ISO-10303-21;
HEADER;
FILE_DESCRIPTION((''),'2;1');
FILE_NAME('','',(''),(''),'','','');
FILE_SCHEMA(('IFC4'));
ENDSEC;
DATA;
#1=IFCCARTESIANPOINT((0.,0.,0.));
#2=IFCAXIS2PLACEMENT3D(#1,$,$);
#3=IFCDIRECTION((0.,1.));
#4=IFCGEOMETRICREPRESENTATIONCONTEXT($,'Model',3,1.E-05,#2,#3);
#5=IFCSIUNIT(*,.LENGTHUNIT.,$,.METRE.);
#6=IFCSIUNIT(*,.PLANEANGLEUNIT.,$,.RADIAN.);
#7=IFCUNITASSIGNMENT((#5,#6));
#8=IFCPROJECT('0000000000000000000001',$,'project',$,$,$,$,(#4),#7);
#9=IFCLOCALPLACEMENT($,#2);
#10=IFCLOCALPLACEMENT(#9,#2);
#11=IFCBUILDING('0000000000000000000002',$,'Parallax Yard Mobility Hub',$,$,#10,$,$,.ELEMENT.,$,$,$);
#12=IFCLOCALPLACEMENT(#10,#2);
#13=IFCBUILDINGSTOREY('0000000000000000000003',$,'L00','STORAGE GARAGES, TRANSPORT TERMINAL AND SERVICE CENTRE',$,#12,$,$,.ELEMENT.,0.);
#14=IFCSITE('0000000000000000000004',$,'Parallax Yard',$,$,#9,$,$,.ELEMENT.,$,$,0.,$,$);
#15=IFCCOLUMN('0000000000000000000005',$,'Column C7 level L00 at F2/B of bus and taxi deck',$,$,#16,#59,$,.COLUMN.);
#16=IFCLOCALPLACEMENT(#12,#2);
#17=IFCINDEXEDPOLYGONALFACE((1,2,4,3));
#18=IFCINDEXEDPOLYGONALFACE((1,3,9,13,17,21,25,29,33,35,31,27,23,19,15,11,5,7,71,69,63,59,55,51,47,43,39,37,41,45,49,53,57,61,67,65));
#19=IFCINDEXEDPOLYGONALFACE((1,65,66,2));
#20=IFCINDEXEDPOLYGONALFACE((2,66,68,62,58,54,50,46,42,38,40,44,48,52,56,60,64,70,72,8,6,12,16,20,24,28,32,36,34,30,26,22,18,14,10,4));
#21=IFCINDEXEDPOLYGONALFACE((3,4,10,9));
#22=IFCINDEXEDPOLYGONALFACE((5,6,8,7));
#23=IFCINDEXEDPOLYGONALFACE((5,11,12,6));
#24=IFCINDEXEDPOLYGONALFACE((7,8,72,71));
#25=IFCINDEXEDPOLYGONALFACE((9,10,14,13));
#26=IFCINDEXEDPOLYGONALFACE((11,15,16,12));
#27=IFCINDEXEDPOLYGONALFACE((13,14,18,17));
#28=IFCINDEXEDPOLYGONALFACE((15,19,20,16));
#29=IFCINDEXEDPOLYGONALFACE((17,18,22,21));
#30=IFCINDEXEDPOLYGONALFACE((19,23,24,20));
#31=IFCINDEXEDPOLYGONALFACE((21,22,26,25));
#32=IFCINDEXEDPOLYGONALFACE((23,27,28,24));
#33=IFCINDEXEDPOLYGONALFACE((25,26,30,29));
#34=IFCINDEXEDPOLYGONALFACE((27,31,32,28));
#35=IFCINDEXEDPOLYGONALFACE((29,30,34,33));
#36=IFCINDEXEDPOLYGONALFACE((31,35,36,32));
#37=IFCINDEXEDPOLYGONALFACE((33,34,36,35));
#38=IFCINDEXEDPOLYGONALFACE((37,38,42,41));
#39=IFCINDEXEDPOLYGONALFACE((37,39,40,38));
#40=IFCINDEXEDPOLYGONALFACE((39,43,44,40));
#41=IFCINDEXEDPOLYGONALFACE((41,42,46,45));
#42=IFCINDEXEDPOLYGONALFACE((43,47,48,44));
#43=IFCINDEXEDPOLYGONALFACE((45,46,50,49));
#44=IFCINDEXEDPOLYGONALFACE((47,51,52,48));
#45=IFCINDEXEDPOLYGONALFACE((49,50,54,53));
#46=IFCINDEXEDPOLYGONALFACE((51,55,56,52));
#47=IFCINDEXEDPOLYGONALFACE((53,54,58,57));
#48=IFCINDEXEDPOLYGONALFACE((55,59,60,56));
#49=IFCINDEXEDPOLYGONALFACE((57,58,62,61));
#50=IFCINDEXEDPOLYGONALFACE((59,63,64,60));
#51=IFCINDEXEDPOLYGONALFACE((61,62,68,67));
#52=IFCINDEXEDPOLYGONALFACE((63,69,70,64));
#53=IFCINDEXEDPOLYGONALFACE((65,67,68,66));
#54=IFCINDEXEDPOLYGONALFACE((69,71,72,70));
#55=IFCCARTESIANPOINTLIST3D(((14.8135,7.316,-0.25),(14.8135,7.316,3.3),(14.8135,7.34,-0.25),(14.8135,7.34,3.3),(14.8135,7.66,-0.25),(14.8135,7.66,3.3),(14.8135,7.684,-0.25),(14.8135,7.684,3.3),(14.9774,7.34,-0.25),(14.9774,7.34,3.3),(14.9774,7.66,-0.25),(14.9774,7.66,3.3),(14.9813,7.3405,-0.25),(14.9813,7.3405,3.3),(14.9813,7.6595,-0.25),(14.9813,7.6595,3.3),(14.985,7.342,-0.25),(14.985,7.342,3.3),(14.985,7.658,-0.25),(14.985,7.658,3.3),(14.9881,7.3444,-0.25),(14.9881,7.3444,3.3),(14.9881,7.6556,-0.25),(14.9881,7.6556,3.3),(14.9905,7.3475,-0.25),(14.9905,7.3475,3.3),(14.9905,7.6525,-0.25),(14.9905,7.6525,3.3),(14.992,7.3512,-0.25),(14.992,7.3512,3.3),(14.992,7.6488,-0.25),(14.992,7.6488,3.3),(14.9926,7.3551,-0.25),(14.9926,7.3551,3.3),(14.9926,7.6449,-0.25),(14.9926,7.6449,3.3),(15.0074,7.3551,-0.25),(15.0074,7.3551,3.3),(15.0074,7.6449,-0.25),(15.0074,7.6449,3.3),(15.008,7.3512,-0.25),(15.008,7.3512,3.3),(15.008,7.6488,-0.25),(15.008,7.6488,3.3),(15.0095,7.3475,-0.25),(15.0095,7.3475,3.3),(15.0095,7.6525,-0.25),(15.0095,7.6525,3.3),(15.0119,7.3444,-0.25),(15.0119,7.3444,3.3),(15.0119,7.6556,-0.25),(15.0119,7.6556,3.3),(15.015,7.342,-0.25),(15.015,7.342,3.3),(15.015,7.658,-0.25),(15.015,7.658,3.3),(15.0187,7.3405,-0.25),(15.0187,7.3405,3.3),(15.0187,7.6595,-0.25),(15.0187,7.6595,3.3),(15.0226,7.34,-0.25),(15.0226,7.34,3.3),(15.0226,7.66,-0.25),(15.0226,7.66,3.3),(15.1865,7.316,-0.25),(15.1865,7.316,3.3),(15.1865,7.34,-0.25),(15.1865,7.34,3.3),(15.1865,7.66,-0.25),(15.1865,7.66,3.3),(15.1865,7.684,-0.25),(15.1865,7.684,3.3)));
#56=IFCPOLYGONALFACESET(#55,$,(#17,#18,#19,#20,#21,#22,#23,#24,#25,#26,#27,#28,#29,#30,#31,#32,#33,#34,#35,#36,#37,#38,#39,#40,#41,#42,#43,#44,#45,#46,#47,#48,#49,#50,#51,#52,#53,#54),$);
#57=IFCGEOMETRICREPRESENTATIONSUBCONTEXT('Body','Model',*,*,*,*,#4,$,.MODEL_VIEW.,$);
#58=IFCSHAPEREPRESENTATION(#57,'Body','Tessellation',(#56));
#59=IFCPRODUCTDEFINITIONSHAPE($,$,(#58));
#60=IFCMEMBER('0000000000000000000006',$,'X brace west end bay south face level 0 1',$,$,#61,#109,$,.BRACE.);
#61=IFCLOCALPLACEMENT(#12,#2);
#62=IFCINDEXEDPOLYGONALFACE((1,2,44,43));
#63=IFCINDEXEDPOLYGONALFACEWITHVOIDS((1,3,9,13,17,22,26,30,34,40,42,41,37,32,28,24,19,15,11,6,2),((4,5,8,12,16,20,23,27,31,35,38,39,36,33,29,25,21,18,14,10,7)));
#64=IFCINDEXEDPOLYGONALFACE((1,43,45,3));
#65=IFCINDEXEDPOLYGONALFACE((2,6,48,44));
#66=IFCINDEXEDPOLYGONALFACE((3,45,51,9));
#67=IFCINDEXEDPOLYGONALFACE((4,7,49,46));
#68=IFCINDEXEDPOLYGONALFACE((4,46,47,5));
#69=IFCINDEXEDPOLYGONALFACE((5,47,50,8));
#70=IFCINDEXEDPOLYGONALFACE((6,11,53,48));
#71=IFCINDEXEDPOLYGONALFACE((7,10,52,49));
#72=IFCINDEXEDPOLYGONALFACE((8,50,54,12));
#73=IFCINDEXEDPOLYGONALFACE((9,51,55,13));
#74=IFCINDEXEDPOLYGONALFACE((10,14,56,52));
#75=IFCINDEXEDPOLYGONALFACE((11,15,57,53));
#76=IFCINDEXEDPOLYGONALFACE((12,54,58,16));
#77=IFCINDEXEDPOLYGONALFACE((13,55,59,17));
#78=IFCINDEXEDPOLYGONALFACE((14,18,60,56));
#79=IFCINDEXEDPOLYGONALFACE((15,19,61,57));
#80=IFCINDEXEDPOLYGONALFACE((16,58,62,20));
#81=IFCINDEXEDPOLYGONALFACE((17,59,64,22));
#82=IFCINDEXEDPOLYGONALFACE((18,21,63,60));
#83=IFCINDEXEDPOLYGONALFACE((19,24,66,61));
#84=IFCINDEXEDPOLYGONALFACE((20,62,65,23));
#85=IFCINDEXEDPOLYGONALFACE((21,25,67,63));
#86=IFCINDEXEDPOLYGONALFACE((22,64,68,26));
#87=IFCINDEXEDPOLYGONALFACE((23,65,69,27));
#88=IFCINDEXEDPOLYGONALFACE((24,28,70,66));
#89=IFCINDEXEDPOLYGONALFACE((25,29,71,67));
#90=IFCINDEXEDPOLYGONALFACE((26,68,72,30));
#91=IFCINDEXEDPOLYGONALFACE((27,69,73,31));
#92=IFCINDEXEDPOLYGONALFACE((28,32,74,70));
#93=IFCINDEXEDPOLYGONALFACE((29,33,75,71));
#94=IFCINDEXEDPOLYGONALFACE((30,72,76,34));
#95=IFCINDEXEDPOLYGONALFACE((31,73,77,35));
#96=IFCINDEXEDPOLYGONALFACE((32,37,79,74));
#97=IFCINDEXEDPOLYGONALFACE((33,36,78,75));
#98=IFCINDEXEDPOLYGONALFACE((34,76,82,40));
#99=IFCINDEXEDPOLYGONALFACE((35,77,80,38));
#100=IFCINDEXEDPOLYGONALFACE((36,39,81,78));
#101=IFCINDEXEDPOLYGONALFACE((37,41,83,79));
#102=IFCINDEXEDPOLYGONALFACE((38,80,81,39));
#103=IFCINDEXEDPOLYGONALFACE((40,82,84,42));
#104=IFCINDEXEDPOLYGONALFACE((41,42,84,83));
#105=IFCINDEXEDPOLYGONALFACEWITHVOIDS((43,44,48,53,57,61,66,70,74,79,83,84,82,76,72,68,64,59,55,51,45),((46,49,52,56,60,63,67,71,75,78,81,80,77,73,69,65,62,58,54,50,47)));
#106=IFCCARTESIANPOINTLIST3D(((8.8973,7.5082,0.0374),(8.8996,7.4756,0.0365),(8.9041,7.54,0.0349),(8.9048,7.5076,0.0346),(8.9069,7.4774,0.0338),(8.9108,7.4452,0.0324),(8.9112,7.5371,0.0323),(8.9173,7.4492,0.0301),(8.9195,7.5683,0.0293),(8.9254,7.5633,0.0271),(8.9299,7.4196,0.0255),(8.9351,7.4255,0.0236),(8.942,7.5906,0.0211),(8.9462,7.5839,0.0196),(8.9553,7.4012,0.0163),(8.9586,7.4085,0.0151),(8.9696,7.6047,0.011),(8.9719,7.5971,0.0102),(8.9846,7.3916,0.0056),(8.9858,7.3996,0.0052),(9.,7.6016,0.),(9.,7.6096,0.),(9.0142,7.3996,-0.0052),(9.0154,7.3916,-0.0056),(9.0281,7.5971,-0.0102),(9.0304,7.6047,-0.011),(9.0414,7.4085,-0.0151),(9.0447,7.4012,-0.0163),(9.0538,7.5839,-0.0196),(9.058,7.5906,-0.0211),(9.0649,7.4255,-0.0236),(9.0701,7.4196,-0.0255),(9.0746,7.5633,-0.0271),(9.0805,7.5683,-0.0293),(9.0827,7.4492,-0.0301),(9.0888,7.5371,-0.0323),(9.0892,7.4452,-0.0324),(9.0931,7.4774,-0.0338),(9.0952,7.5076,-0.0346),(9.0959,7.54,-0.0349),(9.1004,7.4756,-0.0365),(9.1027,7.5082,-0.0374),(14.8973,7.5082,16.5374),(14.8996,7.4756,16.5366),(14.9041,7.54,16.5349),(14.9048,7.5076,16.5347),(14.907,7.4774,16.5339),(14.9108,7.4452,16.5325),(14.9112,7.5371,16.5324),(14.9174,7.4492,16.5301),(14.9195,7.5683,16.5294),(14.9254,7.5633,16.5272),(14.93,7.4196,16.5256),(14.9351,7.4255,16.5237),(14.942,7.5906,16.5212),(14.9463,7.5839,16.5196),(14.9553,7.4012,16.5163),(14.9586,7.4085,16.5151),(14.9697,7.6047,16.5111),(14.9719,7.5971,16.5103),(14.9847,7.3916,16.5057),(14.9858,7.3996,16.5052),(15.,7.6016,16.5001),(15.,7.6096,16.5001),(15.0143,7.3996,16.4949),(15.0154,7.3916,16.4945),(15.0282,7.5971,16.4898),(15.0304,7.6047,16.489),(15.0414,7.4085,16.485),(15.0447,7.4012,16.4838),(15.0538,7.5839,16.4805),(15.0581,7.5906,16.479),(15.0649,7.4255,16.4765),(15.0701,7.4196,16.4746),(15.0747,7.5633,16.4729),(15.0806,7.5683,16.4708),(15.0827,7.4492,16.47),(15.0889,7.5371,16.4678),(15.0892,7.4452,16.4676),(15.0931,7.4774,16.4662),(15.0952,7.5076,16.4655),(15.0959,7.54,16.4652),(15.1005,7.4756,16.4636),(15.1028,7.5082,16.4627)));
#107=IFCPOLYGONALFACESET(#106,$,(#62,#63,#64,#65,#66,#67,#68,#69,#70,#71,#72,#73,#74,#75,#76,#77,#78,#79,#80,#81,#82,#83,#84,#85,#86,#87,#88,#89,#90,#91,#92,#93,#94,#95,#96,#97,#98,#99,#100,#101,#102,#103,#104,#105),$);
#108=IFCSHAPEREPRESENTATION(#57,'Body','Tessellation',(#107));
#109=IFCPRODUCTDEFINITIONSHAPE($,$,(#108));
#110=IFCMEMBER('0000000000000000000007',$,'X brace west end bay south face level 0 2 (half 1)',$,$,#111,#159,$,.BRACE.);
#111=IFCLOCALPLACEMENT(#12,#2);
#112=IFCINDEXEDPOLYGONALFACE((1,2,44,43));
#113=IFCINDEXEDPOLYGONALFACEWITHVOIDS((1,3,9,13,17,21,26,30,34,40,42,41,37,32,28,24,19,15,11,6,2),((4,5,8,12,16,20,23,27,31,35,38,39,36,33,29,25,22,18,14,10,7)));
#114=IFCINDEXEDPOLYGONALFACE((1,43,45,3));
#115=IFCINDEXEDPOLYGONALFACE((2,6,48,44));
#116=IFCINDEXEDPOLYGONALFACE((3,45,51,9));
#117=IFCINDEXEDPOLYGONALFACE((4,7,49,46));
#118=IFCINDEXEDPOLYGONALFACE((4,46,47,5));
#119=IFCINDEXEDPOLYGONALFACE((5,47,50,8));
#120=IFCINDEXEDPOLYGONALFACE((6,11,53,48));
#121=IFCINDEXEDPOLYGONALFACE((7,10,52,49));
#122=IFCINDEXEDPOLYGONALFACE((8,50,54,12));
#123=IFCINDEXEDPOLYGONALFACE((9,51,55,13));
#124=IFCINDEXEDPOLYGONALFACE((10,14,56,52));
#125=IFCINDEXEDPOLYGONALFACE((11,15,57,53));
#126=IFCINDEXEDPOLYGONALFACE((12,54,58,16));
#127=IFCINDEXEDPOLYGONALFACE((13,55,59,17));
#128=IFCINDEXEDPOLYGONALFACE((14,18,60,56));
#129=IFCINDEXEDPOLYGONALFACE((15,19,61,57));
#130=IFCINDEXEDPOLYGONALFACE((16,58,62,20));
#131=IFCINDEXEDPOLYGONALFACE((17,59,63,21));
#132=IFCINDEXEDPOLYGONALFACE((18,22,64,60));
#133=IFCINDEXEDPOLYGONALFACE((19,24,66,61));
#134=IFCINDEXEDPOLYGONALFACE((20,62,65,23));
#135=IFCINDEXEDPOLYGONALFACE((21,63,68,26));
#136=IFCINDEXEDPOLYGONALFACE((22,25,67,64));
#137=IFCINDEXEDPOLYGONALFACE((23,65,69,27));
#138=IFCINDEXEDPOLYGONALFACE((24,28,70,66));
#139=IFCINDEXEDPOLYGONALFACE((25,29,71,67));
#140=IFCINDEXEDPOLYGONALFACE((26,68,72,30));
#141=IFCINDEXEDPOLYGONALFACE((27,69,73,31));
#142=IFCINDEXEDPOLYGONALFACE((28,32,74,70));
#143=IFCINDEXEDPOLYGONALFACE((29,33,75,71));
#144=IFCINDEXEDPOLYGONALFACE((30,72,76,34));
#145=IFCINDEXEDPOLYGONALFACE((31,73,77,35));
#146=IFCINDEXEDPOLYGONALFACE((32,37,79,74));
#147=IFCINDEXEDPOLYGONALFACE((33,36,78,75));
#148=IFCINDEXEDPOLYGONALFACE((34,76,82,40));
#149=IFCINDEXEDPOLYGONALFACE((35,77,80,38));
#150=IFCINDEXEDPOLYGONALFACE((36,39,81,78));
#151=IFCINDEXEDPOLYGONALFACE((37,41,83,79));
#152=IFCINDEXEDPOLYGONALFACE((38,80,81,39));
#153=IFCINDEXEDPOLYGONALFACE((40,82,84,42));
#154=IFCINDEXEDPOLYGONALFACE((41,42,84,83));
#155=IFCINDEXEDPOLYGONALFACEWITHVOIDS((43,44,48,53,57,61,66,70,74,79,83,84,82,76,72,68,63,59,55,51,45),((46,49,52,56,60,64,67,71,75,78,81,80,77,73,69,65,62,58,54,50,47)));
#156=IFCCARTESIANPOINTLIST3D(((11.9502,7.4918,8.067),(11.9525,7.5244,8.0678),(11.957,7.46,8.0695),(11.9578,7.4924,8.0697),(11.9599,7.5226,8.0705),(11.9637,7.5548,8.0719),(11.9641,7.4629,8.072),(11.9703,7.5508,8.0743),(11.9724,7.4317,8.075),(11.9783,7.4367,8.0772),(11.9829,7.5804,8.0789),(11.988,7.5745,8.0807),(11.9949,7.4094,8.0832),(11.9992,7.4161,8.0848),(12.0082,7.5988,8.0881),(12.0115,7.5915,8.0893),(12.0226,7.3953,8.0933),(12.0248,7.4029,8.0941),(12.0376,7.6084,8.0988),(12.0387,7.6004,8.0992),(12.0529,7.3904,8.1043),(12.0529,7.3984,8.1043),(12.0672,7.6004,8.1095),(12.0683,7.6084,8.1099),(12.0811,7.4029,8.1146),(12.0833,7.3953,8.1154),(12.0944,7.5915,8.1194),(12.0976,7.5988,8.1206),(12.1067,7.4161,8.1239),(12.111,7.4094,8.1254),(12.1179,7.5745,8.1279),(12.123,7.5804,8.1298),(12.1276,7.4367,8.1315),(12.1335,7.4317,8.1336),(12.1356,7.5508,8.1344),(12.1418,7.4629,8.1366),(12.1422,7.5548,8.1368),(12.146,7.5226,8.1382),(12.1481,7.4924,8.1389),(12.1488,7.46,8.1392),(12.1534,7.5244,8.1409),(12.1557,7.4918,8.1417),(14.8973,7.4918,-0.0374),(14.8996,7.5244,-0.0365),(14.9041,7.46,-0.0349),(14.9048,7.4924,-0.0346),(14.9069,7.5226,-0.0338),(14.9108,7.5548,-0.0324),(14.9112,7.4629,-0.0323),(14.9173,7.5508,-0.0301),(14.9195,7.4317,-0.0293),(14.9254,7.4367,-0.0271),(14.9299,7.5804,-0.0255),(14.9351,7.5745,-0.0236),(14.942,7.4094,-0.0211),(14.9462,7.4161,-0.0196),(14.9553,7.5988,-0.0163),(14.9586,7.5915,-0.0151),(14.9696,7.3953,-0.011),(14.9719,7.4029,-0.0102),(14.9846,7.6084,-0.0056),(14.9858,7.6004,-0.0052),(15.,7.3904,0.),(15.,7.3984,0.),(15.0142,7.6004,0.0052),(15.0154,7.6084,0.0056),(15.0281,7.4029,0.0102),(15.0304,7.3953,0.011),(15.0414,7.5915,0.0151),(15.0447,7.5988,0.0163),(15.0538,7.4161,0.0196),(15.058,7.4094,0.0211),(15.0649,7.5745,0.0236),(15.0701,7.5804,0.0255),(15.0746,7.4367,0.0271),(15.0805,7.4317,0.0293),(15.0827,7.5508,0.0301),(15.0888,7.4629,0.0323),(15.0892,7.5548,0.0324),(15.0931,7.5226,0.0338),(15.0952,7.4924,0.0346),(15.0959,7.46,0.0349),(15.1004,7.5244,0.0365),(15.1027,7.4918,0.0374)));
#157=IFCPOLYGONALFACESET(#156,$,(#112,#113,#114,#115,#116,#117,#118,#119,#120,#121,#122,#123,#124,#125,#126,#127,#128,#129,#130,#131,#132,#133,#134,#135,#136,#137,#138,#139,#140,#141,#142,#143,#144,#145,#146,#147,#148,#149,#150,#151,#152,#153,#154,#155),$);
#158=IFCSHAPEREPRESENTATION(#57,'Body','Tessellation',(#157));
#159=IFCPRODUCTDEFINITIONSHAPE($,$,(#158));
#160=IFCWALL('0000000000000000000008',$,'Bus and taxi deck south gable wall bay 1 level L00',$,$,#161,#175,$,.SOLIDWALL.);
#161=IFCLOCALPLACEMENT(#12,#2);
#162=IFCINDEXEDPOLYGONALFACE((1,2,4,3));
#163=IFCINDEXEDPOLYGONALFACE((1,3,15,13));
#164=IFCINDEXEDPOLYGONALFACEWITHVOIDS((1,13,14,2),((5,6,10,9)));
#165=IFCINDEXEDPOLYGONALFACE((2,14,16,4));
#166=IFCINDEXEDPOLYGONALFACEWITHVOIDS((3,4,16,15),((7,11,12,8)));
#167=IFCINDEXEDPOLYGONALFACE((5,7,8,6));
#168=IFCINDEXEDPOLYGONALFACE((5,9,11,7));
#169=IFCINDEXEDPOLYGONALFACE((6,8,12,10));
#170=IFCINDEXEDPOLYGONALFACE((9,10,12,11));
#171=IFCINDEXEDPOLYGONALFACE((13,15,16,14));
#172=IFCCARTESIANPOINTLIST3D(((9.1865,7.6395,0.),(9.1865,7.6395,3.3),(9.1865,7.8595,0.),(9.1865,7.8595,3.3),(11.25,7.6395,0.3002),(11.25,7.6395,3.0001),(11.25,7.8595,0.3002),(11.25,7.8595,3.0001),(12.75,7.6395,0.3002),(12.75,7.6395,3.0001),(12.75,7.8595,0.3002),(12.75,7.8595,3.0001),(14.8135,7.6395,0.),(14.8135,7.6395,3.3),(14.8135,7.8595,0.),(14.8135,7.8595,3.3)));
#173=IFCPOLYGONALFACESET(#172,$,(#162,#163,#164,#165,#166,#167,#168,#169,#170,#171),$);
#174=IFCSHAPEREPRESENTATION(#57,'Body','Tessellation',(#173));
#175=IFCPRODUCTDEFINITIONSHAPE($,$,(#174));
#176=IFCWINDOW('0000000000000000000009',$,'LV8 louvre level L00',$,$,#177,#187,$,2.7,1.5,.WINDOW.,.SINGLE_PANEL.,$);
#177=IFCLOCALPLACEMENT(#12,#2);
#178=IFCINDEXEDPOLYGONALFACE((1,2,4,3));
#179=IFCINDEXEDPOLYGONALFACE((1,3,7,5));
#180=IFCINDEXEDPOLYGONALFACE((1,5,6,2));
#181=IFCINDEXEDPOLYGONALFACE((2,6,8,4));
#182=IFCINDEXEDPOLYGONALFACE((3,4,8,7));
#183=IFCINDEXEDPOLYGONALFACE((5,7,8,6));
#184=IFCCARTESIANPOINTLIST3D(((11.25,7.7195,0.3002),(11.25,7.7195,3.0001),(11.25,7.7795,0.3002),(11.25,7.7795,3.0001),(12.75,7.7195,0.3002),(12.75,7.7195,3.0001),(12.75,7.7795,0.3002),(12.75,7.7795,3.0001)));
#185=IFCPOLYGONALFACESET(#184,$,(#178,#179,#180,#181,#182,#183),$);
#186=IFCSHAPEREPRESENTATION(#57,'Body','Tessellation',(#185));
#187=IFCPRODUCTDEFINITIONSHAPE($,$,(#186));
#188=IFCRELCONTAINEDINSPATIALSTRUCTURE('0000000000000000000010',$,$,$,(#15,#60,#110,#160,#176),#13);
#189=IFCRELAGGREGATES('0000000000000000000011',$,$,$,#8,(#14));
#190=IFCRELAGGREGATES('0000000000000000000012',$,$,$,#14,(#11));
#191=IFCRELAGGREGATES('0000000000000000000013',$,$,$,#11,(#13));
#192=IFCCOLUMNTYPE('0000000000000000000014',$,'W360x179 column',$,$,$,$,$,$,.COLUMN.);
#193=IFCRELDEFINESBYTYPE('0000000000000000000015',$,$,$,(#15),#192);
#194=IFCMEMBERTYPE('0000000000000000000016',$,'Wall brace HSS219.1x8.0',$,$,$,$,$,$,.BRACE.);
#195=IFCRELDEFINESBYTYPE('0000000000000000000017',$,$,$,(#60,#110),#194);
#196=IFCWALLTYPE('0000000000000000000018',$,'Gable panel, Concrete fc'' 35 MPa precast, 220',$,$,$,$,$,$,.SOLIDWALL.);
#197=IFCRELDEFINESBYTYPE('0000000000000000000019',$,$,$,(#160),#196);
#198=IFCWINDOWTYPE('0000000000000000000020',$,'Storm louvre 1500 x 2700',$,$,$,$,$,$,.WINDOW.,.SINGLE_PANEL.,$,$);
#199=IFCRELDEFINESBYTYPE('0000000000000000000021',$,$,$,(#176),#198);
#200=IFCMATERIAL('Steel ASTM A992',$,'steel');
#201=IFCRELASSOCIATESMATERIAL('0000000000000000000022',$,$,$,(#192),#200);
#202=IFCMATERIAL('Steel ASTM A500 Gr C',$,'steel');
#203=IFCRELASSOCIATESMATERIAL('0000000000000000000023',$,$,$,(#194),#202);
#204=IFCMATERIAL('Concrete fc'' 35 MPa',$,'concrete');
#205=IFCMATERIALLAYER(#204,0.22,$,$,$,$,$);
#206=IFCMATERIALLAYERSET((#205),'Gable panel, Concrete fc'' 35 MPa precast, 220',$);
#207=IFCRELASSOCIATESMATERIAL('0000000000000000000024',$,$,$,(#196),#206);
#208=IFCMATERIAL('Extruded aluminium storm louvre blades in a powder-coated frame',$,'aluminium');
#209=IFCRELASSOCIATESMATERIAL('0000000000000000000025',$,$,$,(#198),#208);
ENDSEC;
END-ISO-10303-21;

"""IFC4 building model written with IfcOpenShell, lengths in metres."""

from ifc_helpers import new_model, si_unit, direction, frame, frame_2d, origin, origin_2d, place, context, subcontext, project, spatial, rectangle, hollow_circle, i_section, extrude, material, layer, layer_set, material_profile, profile_set, type_object, element, fill, save


model = new_model("IFC4")

# Units and contexts
model_context = context("Model", 3, precision=1e-05, world=origin(), true_north=direction((0.0, 1.0)))
body_context = subcontext(model_context, "Body", "Model", "MODEL_VIEW")
ifc_project = project(units=[si_unit("LENGTHUNIT", "METRE"), si_unit("PLANEANGLEUNIT", "RADIAN")], contexts=[model_context])

# Site, building, storey
site_placement = place(None, origin())
site = spatial("IfcSite", under=ifc_project, at=site_placement, Name="Parallax Yard", CompositionType="ELEMENT", RefElevation=0.0)
building_placement = place(site_placement, origin())
building = spatial("IfcBuilding", under=site, at=building_placement, Name="Parallax Yard Mobility Hub", CompositionType="ELEMENT")
storey_placement = place(building_placement, origin())
storey = spatial("IfcBuildingStorey", under=building, at=storey_placement, Name="L00", Description="STORAGE GARAGES, TRANSPORT TERMINAL AND SERVICE CENTRE", CompositionType="ELEMENT", Elevation=0.0)

# Column
ifc_material_1 = material(Name="Steel ASTM A500 Gr C", Category="steel")
ifc_material_2 = material(Name="Steel ASTM A992", Category="steel")
ifc_material_profile_1 = material_profile(ifc_material_2, i_section(OverallWidth=0.373, OverallDepth=0.3679, WebThickness=0.0149, FlangeThickness=0.0239, FilletRadius=0.0151, at=origin_2d()), Name="W360x179")
ifc_profile_set_1 = profile_set([ifc_material_profile_1], Name="Steel ASTM A992")
column_type_1 = type_object("IfcColumnType", Name="W360x179 column", PredefinedType="COLUMN", material=ifc_profile_set_1)
for number, where, z_axis, x_axis, name in (
    (1, (15.0, 7.5, -0.25), (0.0, 0.0, 1.0), (1.0, 0.0, 0.0), "Column C7 level L00 at F2/B of bus and taxi deck"),
):
    element("IfcColumn", number, at=place(storey_placement, frame(where, z_axis=z_axis, x_axis=x_axis)), inside=storey, type_object=column_type_1, Name=name, PredefinedType="COLUMN", context=body_context, shape_type="SweptSolid", body=[
        extrude(i_section(OverallWidth=0.373, OverallDepth=0.3679, WebThickness=0.0149, FlangeThickness=0.0239, FilletRadius=0.0151, at=origin_2d()), origin(), (0.0, 0.0, 1.0), 3.55),
    ])

# Members
ifc_material_profile_2 = material_profile(ifc_material_1, hollow_circle(Radius=0.1096, WallThickness=0.0081, at=origin_2d()), Name="HSS219.1x8.0")
ifc_profile_set_2 = profile_set([ifc_material_profile_2], Name="Steel ASTM A500 Gr C")
member_type = type_object("IfcMemberType", Name="Wall brace HSS219.1x8.0", PredefinedType="BRACE", material=ifc_profile_set_2)
member_1_placement = place(storey_placement, frame((9.0, 7.5, 0.0), z_axis=(0.341743, 0.0, 0.939793), x_axis=(0.0, 1.0, 0.0)))
element("IfcMember", 2, at=member_1_placement, inside=storey, type_object=member_type, Name="X brace west end bay south face level 0 1", PredefinedType="BRACE", context=body_context, shape_type="SweptSolid", body=[
    extrude(hollow_circle(Radius=0.1096, WallThickness=0.0081, at=origin_2d()), origin(), (0.0, 0.0, 1.0), 17.5571),
])
member_2_placement = place(storey_placement, frame((15.0, 7.5, 0.0), z_axis=(-0.341745, 0.0, 0.939793), x_axis=(0.0, -1.0, 0.0)))
element("IfcMember", 3, at=member_2_placement, inside=storey, type_object=member_type, Name="X brace west end bay south face level 0 2 (half 1)", PredefinedType="BRACE", context=body_context, shape_type="SweptSolid", body=[
    extrude(hollow_circle(Radius=0.1096, WallThickness=0.0081, at=origin_2d()), origin(), (0.0, 0.0, 1.0), 8.6235),
])

# Wall, opening, window
ifc_material_3 = material(Name="Concrete fc' 35 MPa", Category="concrete")
ifc_layer_1 = layer(ifc_material_3, 0.22)
ifc_layer_set_1 = layer_set([ifc_layer_1], Name="Gable panel, Concrete fc' 35 MPa precast, 220")
wall_type = type_object("IfcWallType", Name="Gable panel, Concrete fc' 35 MPa precast, 220", PredefinedType="SOLIDWALL", material=ifc_layer_set_1)
wall_1_placement = place(storey_placement, frame((9.1865, 7.7495, 0.0), z_axis=(0.0, 0.0, 1.0), x_axis=(1.0, 0.0, 0.0)))
wall_1 = element("IfcWall", 4, at=wall_1_placement, inside=storey, type_object=wall_type, Name="Bus and taxi deck south gable wall bay 1 level L00", PredefinedType="SOLIDWALL", context=body_context, shape_type="SweptSolid", body=[
    extrude(rectangle(XDim=5.627, YDim=0.22, at=frame_2d((2.8135, 0.0))), origin(), (0.0, 0.0, 1.0), 3.3),
])
opening_1_placement = place(wall_1_placement, frame((2.0635, 0.0, 0.3)))
opening_1 = element("IfcOpeningElement", 5, at=opening_1_placement, cuts=wall_1, PredefinedType="OPENING", context=body_context, shape_type="SweptSolid", body=[
    extrude(rectangle(XDim=1.5, YDim=2.7, at=frame_2d((0.75, 1.3501))), frame((0.0, 0.1201, 0.0), z_axis=(0.0, -1.0, 0.0), x_axis=(1.0, 0.0, 0.0)), (0.0, 0.0, 1.0), 0.24),
])
ifc_material_4 = material(Name="Extruded aluminium storm louvre blades in a powder-coated frame", Category="aluminium")
window_type = type_object("IfcWindowType", Name="Storm louvre 1500 x 2700", PartitioningType="SINGLE_PANEL", PredefinedType="WINDOW", material=ifc_material_4)
window_1_placement = place(opening_1_placement, origin())
window_1 = element("IfcWindow", 6, at=window_1_placement, inside=storey, type_object=window_type, Name="LV8 louvre level L00", OverallHeight=2.7, OverallWidth=1.5, PartitioningType="SINGLE_PANEL", PredefinedType="WINDOW", context=body_context, shape_type="SweptSolid", body=[
    extrude(rectangle(XDim=1.5, YDim=2.7, at=frame_2d((0.75, 1.3501))), frame((0.0, 0.03, 0.0), z_axis=(0.0, -1.0, 0.0), x_axis=(1.0, 0.0, 0.0)), (0.0, 0.0, 1.0), 0.0601),
])
fill(opening_1, window_1)

save(model, "model.ifc")
